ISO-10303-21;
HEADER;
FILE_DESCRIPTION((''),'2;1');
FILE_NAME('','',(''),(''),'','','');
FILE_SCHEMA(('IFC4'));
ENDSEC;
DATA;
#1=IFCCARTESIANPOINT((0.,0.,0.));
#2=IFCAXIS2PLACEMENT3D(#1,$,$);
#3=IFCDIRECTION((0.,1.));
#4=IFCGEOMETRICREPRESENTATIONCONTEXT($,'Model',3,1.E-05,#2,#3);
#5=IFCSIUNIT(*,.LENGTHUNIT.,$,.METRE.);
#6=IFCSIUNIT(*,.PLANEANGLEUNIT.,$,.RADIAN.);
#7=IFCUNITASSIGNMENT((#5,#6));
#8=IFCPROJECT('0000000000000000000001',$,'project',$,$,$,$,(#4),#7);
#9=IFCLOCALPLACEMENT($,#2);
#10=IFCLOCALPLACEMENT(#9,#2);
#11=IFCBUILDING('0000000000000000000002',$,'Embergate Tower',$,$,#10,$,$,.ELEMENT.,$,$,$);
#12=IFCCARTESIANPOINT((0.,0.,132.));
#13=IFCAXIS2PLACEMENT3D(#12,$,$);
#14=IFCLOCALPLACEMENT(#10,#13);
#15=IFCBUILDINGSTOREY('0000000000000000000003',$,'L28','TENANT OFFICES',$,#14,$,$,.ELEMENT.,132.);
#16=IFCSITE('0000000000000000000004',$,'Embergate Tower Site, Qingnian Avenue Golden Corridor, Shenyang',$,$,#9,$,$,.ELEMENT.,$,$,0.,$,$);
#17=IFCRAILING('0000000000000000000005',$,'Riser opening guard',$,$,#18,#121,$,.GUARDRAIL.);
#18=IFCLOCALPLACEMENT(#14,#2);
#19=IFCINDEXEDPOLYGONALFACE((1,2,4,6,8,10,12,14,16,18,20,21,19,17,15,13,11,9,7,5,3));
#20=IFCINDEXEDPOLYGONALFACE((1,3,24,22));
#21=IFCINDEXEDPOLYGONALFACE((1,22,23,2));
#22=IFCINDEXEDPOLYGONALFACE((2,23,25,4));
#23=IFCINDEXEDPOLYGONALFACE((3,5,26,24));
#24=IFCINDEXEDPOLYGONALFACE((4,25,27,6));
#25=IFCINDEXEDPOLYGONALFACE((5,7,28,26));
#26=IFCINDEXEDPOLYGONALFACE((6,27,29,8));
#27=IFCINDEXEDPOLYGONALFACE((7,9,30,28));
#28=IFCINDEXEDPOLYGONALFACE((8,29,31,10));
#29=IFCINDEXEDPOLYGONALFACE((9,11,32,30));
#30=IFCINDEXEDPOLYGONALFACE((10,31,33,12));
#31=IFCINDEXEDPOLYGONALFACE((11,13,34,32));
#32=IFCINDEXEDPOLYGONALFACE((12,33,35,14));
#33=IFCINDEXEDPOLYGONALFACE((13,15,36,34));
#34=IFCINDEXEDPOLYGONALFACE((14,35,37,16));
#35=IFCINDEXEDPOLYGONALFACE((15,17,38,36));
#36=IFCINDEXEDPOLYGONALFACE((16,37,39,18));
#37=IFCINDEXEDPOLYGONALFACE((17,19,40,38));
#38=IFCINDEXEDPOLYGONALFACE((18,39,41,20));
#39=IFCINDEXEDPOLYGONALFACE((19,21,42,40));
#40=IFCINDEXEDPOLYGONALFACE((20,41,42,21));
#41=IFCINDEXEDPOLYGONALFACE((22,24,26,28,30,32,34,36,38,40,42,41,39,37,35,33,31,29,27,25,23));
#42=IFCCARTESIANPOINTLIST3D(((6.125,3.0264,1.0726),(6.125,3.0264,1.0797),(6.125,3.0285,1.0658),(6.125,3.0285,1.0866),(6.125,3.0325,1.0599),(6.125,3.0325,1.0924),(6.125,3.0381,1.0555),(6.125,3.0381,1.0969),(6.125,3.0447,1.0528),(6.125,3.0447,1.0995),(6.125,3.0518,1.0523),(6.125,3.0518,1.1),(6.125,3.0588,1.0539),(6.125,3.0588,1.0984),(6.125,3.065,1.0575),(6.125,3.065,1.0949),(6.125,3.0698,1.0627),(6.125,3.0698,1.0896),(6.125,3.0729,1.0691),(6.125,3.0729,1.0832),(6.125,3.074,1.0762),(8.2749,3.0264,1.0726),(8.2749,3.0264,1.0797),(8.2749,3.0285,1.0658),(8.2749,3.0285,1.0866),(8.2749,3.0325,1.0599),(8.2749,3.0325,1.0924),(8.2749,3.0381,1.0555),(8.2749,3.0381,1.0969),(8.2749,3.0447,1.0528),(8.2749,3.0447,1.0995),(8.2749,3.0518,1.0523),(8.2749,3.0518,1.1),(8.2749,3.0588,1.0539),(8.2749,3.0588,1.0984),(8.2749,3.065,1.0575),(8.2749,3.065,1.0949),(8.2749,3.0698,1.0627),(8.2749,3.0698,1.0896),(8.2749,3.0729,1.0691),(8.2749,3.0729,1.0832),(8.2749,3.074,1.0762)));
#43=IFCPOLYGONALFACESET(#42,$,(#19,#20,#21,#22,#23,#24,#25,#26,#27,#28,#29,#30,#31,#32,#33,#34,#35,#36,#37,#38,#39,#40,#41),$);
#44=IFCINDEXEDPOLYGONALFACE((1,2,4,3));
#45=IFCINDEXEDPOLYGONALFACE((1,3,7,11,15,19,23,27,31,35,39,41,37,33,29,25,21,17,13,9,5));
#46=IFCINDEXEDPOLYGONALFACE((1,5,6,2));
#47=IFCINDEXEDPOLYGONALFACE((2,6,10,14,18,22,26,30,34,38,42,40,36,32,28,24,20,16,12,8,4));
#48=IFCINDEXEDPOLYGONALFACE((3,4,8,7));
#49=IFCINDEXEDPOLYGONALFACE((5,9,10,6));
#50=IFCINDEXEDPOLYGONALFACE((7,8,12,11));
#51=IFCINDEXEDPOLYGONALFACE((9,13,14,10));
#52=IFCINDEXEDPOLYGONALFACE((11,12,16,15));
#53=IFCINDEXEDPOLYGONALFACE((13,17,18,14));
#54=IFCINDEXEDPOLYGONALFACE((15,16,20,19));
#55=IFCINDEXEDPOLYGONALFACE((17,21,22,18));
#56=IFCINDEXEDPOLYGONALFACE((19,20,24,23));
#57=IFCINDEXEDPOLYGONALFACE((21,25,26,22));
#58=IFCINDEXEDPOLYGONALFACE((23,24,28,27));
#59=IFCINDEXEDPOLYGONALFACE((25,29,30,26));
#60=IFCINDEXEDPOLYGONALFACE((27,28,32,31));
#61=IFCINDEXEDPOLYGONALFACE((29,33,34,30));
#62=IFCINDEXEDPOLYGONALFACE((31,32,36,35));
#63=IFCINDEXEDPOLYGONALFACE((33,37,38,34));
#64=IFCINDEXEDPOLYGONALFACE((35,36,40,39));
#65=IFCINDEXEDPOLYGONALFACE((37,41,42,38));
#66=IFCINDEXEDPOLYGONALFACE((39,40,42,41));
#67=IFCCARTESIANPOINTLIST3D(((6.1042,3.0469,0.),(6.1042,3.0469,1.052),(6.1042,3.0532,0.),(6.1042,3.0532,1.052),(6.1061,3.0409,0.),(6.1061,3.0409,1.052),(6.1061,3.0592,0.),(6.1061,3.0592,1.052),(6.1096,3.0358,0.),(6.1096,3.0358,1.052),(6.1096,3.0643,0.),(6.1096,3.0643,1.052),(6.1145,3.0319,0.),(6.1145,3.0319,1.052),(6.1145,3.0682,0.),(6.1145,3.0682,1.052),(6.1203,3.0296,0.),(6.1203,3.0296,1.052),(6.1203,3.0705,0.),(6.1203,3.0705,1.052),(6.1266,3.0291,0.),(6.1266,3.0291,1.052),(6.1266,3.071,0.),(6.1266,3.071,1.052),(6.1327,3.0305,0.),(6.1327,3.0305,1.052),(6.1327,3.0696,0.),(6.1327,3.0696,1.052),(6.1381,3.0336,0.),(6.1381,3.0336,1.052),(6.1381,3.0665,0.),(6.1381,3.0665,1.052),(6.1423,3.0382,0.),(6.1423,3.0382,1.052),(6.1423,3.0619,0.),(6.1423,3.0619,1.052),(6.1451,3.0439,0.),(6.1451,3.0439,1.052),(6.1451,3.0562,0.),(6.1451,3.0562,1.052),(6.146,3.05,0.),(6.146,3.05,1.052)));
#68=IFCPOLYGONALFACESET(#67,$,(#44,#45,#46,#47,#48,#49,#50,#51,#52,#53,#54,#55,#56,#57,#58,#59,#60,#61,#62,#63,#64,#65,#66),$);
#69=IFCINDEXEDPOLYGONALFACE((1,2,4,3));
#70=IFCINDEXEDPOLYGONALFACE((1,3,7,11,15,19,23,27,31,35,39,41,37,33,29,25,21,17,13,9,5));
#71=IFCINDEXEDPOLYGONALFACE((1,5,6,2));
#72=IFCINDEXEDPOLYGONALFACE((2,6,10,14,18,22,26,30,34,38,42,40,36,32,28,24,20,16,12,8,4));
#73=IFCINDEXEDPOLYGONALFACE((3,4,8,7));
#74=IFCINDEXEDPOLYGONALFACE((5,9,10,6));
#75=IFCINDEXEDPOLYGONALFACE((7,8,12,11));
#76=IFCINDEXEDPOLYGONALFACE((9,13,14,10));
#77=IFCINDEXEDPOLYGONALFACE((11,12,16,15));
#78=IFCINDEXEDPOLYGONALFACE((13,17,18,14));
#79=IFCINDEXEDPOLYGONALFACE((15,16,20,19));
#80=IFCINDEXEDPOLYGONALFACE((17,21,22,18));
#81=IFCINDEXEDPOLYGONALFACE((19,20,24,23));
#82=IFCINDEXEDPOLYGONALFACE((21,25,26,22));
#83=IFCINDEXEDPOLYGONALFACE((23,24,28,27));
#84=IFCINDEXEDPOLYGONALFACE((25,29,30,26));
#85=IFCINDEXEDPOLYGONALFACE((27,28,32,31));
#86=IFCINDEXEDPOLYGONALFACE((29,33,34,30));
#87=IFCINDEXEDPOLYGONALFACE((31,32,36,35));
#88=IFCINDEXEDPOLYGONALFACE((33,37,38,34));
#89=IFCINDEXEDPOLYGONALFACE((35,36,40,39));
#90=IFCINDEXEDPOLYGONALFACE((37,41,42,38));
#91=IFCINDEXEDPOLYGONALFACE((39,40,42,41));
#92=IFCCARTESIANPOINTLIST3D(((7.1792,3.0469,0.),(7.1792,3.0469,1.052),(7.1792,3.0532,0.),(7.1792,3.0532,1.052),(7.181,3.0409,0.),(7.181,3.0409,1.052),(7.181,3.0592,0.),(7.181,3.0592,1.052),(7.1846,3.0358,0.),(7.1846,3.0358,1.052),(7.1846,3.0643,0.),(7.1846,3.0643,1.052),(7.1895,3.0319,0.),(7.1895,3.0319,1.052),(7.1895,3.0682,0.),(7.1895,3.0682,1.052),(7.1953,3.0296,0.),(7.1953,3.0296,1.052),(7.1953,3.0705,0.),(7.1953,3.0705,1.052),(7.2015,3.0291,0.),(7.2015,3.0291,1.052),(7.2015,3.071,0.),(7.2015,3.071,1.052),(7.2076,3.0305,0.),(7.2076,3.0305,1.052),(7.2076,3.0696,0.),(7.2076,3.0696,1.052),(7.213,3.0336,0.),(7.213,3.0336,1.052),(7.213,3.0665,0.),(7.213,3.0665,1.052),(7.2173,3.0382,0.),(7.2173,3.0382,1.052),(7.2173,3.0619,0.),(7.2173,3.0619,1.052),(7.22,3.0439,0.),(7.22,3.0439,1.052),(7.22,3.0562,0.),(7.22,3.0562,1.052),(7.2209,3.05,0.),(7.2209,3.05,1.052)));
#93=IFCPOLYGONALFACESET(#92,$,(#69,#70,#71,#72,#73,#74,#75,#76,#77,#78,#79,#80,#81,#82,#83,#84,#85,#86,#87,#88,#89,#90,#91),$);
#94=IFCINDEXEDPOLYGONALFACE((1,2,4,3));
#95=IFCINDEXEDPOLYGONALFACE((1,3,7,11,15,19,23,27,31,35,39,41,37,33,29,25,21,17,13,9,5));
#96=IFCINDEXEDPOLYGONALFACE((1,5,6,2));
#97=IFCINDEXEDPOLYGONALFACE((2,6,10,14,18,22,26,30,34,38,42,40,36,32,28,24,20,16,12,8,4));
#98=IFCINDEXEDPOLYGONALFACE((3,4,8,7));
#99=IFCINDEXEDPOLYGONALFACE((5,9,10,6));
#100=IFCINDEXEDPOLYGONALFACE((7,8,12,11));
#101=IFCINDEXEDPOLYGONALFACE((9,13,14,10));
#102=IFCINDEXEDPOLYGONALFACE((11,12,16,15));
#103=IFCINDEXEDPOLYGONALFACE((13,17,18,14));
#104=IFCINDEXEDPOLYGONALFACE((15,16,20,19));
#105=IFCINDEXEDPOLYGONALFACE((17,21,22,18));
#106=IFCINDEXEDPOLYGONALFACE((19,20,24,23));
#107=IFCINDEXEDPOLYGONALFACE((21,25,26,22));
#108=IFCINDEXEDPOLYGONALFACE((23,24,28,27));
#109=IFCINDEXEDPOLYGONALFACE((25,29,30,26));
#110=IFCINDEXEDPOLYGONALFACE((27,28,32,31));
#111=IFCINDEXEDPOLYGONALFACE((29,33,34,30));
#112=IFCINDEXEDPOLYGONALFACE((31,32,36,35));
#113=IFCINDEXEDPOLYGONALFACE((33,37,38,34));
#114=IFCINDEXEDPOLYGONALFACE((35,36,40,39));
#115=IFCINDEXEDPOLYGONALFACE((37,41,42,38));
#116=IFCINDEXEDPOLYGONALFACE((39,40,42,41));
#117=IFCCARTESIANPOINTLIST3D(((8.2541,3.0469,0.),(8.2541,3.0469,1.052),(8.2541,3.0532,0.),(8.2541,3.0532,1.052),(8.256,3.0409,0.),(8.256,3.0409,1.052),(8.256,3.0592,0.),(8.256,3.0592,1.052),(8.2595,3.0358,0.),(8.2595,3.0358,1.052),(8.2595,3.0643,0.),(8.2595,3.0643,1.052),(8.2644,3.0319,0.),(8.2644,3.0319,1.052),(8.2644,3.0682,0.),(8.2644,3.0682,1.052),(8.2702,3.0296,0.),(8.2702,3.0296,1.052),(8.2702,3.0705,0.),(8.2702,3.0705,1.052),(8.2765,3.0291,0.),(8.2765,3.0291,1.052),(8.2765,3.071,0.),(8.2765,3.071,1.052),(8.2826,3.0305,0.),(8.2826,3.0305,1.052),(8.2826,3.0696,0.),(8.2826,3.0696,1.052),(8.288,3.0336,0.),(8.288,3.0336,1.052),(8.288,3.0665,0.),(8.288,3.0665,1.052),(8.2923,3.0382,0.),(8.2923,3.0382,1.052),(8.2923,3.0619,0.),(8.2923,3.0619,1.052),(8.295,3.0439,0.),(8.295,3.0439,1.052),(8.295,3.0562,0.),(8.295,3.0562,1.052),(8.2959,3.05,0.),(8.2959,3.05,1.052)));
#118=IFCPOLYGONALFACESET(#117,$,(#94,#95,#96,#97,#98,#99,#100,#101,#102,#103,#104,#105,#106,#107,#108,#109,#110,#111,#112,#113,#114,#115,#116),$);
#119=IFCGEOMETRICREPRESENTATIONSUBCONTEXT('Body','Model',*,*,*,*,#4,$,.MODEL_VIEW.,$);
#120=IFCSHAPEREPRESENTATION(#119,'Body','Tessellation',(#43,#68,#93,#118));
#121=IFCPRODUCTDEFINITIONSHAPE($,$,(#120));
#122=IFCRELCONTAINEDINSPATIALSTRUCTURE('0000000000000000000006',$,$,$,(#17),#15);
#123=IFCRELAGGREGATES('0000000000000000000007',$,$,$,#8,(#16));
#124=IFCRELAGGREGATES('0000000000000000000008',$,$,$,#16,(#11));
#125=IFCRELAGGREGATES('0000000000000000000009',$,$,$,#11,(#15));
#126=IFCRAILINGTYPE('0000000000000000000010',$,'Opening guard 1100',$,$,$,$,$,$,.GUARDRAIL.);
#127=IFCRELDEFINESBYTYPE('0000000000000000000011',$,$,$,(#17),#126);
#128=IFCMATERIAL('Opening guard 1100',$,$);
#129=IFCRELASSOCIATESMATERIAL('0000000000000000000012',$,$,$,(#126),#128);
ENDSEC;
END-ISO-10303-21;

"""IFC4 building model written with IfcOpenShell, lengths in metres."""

from ifc_helpers import new_model, si_unit, direction, frame, origin, origin_2d, place, context, subcontext, project, spatial, circle, extrude, source, transform, mapped, material, type_object, element, save


model = new_model("IFC4")

# Units and contexts
model_context = context("Model", 3, precision=1e-05, world=origin(), true_north=direction((0.0, 1.0)))
body_context = subcontext(model_context, "Body", "Model", "MODEL_VIEW")
ifc_project = project(units=[si_unit("LENGTHUNIT", "METRE"), si_unit("PLANEANGLEUNIT", "RADIAN")], contexts=[model_context])

# Site, building, storey
site_placement = place(None, origin())
site = spatial("IfcSite", under=ifc_project, at=site_placement, Name="Embergate Tower Site, Qingnian Avenue Golden Corridor, Shenyang", CompositionType="ELEMENT", RefElevation=0.0)
building_placement = place(site_placement, origin())
building = spatial("IfcBuilding", under=site, at=building_placement, Name="Embergate Tower", CompositionType="ELEMENT")
storey_placement = place(building_placement, frame((0.0, 0.0, 132.0)))
storey = spatial("IfcBuildingStorey", under=building, at=storey_placement, Name="L28", Description="TENANT OFFICES", CompositionType="ELEMENT", Elevation=132.0)

# Railing
ifc_material_1 = material(Name="Opening guard 1100")
railing_type = type_object("IfcRailingType", Name="Opening guard 1100", PredefinedType="GUARDRAIL", material=ifc_material_1)
shared_shape_1 = source(origin(), body_context, "Body", "SweptSolid", [
    extrude(circle(Radius=0.0239, at=origin_2d()), frame((0.0, 0.0, 1.0762), z_axis=(1.0, 0.0, 0.0), x_axis=(0.0, 1.0, 0.0)), (0.0, 0.0, 1.0), 2.1499),
    extrude(circle(Radius=0.021, at=origin_2d()), origin(), (0.0, 0.0, 1.0), 1.052),
    extrude(circle(Radius=0.021, at=origin_2d()), frame((1.075, 0.0, 0.0)), (0.0, 0.0, 1.0), 1.052),
    extrude(circle(Radius=0.021, at=origin_2d()), frame((2.1499, 0.0, 0.0)), (0.0, 0.0, 1.0), 1.052),
])
railing_placement = place(storey_placement, frame((6.125, 3.05, 0.0)))
element("IfcRailing", 1, at=railing_placement, inside=storey, type_object=railing_type, Name="Riser opening guard", PredefinedType="GUARDRAIL", context=body_context, shape_type="MappedRepresentation", body=[
    mapped(shared_shape_1, transform((0.0, 0.0, 0.0))),
])

save(model, "model.ifc")
